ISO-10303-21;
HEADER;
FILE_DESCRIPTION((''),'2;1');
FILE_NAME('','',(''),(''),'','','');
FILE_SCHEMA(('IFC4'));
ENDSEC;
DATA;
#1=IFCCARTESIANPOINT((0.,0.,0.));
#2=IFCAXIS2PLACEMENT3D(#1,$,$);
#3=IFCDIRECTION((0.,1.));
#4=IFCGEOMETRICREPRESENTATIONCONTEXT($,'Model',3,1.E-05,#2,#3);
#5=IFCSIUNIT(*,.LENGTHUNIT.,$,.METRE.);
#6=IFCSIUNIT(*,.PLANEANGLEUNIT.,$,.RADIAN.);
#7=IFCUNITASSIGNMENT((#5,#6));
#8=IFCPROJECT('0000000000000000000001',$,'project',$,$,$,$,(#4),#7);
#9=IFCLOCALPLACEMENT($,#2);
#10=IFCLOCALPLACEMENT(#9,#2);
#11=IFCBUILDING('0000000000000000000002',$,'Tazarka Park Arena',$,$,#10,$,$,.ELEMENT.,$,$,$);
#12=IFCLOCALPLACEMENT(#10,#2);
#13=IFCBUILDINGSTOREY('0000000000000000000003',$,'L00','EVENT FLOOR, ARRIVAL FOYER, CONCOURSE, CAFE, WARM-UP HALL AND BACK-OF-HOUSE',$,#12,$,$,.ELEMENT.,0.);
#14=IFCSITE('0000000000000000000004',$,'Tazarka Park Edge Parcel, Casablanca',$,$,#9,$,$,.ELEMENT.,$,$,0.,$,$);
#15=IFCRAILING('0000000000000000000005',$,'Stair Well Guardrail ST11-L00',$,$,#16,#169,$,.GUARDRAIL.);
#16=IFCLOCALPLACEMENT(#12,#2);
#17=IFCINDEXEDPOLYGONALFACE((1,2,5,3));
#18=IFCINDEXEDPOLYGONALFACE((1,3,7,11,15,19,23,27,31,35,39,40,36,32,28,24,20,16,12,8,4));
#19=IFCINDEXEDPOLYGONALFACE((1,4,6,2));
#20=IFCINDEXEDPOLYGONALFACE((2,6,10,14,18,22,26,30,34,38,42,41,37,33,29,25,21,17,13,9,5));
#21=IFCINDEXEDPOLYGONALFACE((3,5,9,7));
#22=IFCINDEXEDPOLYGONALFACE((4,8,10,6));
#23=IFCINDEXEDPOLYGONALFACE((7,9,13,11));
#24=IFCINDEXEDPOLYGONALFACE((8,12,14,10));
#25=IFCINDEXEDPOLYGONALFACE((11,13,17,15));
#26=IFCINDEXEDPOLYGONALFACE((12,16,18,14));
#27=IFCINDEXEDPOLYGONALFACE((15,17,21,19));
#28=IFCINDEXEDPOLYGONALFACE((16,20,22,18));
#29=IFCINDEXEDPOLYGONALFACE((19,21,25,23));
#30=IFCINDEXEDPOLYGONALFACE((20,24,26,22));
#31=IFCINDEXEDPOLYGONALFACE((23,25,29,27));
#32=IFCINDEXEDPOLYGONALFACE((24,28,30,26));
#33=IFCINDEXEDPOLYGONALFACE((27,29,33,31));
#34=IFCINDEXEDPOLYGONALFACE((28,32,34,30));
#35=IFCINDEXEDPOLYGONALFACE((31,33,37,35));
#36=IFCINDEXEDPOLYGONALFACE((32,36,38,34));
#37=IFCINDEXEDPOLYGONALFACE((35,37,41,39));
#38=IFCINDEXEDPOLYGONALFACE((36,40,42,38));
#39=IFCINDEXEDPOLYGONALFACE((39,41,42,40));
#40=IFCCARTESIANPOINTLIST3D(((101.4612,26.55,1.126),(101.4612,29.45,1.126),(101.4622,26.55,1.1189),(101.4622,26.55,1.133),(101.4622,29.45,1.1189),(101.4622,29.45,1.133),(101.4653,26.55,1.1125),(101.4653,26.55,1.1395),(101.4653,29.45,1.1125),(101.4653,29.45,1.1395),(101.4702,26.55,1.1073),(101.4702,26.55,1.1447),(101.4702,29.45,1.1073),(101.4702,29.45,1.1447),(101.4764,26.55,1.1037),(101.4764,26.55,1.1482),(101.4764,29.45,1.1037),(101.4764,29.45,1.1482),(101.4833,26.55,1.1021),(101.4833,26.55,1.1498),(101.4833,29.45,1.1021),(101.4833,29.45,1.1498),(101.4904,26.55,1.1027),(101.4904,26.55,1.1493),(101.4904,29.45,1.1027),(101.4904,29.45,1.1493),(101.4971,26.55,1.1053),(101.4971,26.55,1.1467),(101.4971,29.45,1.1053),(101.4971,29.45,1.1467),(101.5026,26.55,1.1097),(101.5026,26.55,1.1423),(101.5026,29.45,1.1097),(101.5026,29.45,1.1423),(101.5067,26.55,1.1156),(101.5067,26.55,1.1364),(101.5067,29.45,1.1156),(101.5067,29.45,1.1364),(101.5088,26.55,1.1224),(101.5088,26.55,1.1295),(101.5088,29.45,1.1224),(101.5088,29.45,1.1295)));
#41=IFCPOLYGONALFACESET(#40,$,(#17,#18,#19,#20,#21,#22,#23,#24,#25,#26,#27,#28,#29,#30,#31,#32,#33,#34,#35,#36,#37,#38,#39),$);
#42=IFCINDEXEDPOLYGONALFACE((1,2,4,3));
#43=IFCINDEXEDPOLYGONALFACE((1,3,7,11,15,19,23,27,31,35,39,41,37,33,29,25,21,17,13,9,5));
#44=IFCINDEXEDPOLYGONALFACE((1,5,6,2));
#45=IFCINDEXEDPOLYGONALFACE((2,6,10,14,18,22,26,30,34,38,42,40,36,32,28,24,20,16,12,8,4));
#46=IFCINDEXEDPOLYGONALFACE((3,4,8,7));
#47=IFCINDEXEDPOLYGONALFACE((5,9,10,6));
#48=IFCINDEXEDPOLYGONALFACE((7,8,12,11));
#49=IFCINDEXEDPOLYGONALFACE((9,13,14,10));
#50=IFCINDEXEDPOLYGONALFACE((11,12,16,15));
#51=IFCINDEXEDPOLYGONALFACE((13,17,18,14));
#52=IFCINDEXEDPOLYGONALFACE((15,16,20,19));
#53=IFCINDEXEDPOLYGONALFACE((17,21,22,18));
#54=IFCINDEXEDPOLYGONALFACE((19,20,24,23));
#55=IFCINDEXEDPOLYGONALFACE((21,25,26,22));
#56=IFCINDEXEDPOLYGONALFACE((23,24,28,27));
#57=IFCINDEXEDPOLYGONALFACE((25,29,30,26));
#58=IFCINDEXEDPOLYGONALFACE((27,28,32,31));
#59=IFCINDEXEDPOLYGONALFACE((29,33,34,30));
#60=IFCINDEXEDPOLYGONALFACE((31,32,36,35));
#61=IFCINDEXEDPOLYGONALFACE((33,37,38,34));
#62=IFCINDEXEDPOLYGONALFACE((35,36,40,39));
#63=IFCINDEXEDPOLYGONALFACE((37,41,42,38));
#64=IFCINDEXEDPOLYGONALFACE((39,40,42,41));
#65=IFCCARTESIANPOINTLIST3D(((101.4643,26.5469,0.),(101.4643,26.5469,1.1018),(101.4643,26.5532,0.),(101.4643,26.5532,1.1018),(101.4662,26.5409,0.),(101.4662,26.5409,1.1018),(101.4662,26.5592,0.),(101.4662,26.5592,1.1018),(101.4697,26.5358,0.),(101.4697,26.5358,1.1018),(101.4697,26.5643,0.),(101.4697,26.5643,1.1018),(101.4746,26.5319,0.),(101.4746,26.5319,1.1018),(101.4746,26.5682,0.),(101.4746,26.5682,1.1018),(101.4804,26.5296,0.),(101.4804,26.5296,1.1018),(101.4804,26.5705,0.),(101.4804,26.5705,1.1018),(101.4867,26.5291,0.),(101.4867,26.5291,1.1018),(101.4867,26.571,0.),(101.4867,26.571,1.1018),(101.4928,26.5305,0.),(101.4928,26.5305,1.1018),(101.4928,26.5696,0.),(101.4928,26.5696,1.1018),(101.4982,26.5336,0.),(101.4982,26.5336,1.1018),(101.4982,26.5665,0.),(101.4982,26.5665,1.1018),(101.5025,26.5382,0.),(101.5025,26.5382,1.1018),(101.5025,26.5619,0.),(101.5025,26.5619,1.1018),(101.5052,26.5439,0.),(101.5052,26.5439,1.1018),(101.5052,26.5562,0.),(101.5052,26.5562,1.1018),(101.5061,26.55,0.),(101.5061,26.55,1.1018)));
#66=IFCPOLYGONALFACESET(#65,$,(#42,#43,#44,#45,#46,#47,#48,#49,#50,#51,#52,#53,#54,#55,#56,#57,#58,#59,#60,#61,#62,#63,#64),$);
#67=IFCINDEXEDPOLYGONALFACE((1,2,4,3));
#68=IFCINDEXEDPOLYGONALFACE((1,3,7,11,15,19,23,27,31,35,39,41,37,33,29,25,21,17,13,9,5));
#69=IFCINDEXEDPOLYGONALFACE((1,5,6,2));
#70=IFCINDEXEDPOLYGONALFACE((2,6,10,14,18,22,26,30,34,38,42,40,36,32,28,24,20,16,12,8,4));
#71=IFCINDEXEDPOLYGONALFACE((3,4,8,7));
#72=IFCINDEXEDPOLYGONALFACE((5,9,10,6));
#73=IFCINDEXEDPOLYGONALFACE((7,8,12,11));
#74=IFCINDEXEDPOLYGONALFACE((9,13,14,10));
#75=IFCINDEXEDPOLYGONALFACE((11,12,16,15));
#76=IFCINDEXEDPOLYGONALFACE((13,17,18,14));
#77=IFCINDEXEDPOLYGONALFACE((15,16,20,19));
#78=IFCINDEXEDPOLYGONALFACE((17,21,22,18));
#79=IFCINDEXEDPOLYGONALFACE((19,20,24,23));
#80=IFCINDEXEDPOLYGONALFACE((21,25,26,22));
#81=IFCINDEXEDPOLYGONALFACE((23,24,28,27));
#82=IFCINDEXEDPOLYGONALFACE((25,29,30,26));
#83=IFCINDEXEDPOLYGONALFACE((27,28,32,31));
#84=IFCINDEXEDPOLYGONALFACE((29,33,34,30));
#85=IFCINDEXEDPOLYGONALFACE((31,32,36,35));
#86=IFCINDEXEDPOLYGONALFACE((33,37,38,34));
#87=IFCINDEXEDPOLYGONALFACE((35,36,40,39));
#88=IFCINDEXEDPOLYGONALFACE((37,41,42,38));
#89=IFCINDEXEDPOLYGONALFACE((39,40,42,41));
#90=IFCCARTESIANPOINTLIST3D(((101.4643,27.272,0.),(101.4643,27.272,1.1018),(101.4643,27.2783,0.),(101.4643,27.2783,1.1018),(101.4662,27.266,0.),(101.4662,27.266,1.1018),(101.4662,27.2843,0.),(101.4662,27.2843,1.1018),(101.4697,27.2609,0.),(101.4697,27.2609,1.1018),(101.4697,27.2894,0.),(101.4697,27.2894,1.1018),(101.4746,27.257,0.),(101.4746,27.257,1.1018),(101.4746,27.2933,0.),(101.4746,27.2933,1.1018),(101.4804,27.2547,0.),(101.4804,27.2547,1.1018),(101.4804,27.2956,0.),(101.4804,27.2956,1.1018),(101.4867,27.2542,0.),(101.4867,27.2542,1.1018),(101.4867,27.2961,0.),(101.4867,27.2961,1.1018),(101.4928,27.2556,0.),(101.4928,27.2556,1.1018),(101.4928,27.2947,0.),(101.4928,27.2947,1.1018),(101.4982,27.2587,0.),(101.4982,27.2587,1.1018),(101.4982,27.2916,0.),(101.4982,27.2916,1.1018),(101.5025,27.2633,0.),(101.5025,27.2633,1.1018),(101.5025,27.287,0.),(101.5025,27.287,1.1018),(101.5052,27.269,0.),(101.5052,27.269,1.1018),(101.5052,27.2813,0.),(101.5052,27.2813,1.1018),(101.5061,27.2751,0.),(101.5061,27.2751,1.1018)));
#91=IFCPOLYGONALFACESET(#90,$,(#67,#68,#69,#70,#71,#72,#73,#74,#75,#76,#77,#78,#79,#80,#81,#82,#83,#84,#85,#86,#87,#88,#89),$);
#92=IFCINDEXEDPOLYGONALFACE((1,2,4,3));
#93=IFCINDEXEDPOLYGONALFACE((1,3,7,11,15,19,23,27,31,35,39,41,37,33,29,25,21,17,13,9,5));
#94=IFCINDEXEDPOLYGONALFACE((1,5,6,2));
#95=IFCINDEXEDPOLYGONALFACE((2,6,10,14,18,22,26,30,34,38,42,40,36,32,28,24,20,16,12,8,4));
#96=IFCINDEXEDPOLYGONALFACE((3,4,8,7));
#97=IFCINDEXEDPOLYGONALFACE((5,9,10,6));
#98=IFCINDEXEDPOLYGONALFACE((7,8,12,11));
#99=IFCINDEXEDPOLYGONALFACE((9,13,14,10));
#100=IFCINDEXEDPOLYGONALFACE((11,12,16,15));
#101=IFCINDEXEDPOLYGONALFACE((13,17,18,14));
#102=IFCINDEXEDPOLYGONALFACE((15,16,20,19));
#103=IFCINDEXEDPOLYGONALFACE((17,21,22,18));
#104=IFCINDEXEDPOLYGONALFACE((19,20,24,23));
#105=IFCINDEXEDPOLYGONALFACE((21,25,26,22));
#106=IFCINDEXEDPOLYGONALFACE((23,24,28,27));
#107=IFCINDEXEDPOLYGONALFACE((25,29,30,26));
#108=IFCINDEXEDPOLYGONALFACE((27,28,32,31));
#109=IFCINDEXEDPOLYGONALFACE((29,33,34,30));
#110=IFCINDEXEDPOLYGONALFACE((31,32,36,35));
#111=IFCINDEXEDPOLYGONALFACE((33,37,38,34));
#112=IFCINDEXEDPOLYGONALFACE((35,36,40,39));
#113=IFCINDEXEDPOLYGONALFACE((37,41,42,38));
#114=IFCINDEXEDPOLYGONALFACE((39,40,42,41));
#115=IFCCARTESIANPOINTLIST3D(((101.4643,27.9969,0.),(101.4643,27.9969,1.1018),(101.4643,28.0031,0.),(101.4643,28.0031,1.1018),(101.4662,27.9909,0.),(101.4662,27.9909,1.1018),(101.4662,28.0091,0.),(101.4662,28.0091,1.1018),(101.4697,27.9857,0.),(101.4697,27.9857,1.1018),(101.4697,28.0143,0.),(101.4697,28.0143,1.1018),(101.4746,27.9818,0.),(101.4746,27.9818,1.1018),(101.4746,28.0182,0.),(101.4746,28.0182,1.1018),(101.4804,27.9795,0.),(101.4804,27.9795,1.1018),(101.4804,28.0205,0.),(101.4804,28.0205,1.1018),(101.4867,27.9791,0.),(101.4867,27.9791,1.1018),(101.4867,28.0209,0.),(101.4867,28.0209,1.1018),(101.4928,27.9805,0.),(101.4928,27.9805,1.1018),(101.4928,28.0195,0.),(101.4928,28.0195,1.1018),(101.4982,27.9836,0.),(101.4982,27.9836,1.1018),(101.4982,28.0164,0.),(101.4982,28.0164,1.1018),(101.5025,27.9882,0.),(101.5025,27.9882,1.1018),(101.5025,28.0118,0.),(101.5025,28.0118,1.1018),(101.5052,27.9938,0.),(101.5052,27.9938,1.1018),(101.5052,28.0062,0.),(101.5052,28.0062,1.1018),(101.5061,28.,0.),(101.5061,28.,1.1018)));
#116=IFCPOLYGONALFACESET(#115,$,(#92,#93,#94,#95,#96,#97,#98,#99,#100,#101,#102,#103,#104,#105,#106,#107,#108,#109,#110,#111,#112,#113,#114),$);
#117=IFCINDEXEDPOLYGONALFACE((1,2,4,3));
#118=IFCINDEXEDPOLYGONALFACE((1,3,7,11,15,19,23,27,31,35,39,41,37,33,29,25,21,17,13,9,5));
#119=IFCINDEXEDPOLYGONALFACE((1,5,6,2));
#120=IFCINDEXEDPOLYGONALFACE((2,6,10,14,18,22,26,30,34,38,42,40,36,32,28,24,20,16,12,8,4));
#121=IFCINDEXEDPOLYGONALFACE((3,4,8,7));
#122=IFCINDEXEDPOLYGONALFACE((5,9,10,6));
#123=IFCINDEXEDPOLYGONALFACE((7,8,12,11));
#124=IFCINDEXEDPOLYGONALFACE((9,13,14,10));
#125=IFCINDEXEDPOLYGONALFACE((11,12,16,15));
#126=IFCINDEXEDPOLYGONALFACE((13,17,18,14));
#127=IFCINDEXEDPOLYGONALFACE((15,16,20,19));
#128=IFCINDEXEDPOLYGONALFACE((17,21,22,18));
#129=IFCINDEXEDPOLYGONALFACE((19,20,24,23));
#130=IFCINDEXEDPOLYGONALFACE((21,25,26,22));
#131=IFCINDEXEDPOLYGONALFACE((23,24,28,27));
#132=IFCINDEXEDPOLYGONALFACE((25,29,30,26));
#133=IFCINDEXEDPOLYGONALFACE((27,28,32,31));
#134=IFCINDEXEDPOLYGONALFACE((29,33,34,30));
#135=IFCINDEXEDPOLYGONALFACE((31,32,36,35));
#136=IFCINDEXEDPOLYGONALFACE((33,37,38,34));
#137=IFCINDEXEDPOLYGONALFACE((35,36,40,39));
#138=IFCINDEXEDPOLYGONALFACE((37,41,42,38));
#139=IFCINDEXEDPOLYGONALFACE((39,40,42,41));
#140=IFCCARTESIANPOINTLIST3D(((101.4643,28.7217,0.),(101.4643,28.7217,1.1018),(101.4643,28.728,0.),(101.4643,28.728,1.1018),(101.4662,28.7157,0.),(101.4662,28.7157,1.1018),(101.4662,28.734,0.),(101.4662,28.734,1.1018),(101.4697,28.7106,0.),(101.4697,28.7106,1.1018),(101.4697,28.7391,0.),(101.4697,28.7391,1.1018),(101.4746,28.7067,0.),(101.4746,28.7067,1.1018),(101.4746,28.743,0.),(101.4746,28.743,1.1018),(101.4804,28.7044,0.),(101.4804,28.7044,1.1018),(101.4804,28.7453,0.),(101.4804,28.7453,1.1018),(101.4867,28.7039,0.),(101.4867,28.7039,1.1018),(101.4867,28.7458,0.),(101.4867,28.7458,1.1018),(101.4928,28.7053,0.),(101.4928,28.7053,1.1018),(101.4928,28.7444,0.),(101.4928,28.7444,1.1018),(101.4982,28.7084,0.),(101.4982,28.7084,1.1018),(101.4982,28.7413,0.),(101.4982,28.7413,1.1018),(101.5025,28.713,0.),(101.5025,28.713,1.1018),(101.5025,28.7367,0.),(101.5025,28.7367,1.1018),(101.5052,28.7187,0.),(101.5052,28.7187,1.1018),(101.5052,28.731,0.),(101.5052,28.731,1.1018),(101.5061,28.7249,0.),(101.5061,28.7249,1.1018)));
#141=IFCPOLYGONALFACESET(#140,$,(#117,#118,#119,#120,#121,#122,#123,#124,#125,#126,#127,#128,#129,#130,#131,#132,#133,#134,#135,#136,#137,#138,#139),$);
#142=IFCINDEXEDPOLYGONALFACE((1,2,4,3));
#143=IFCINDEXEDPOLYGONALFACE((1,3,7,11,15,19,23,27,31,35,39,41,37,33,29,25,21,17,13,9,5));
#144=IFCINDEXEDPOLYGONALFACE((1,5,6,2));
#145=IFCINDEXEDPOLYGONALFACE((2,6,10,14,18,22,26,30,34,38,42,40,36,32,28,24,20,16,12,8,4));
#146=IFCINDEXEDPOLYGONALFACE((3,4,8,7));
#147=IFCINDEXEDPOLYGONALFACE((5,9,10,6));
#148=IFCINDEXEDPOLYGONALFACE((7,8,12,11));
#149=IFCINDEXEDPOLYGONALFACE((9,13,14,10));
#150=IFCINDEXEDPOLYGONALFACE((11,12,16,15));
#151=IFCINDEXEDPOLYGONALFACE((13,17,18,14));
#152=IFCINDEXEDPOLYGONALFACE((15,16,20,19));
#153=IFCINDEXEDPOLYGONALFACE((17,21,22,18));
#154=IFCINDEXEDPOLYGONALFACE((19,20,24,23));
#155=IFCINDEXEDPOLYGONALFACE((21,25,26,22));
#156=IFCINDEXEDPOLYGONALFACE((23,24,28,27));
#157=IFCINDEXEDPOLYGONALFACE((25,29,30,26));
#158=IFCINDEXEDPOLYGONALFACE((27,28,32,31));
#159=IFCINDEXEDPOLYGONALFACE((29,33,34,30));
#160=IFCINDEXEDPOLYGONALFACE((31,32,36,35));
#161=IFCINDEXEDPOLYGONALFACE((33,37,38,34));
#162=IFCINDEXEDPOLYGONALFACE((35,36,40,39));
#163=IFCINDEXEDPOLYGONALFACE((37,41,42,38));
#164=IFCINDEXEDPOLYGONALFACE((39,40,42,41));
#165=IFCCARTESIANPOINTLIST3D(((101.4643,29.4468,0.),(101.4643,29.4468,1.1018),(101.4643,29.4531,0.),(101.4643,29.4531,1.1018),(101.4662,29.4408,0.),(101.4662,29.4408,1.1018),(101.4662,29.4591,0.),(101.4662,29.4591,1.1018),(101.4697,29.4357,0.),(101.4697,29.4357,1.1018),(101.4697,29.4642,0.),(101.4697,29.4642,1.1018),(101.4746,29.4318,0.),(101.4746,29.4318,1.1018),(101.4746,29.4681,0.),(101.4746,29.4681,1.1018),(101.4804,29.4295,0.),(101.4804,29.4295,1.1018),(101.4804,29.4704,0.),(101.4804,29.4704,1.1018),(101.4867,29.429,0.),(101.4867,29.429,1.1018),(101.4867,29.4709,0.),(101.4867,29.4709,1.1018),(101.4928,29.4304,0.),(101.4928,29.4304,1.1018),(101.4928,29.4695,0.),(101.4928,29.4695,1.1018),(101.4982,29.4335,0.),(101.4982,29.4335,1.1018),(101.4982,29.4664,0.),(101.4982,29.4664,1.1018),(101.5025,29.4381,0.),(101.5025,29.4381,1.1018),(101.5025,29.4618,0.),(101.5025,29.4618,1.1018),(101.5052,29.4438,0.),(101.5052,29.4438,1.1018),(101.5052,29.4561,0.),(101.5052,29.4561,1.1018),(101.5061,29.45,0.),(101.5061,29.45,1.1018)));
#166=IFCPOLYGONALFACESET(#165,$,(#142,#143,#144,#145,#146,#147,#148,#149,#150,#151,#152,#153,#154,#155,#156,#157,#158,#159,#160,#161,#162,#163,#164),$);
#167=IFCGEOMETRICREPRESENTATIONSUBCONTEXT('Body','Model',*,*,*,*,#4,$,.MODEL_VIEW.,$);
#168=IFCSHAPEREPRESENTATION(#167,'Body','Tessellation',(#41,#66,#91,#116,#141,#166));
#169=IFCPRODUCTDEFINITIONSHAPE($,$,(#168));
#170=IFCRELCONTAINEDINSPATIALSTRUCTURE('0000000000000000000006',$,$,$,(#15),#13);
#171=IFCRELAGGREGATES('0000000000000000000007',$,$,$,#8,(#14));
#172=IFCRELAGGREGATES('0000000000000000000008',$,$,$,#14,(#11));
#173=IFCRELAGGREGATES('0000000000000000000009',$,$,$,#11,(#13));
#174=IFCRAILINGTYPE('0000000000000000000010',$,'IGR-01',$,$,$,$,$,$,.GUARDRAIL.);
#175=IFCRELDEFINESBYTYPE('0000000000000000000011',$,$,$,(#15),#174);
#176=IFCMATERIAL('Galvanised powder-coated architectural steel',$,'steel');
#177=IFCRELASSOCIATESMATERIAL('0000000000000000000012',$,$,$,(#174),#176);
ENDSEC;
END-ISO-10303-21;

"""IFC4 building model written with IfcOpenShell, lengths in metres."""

from ifc_helpers import new_model, si_unit, direction, frame, origin, origin_2d, place, context, subcontext, project, spatial, circle, extrude, material, type_object, element, save


model = new_model("IFC4")

# Units and contexts
model_context = context("Model", 3, precision=1e-05, world=origin(), true_north=direction((0.0, 1.0)))
body_context = subcontext(model_context, "Body", "Model", "MODEL_VIEW")
ifc_project = project(units=[si_unit("LENGTHUNIT", "METRE"), si_unit("PLANEANGLEUNIT", "RADIAN")], contexts=[model_context])

# Site, building, storey
site_placement = place(None, origin())
site = spatial("IfcSite", under=ifc_project, at=site_placement, Name="Tazarka Park Edge Parcel, Casablanca", CompositionType="ELEMENT", RefElevation=0.0)
building_placement = place(site_placement, origin())
building = spatial("IfcBuilding", under=site, at=building_placement, Name="Tazarka Park Arena", CompositionType="ELEMENT")
storey_placement = place(building_placement, origin())
storey = spatial("IfcBuildingStorey", under=building, at=storey_placement, Name="L00", Description="EVENT FLOOR, ARRIVAL FOYER, CONCOURSE, CAFE, WARM-UP HALL AND BACK-OF-HOUSE", CompositionType="ELEMENT", Elevation=0.0)

# Railing
ifc_material_1 = material(Name="Galvanised powder-coated architectural steel", Category="steel")
railing_type_1 = type_object("IfcRailingType", Name="IGR-01", PredefinedType="GUARDRAIL", material=ifc_material_1)
for number, where, name in (
    (1, (101.4851, 26.55, 0.0), "Stair Well Guardrail ST11-L00"),
):
    element("IfcRailing", number, at=place(storey_placement, frame(where)), inside=storey, type_object=railing_type_1, Name=name, PredefinedType="GUARDRAIL", context=body_context, shape_type="SweptSolid", body=[
        extrude(circle(Radius=0.0239, at=origin_2d()), frame((0.0, 0.0, 1.126), z_axis=(0.0, 1.0, 0.0), x_axis=(-1.0, 0.0, 0.0)), (0.0, 0.0, 1.0), 2.8999),
        extrude(circle(Radius=0.021, at=origin_2d()), origin(), (0.0, 0.0, 1.0), 1.1018),
        extrude(circle(Radius=0.021, at=origin_2d()), frame((0.0, 0.7251, 0.0)), (0.0, 0.0, 1.0), 1.1018),
        extrude(circle(Radius=0.021, at=origin_2d()), frame((0.0, 1.45, 0.0)), (0.0, 0.0, 1.0), 1.1018),
        extrude(circle(Radius=0.021, at=origin_2d()), frame((0.0, 2.1748, 0.0)), (0.0, 0.0, 1.0), 1.1018),
        extrude(circle(Radius=0.021, at=origin_2d()), frame((0.0, 2.8999, 0.0)), (0.0, 0.0, 1.0), 1.1018),
    ])

save(model, "model.ifc")
